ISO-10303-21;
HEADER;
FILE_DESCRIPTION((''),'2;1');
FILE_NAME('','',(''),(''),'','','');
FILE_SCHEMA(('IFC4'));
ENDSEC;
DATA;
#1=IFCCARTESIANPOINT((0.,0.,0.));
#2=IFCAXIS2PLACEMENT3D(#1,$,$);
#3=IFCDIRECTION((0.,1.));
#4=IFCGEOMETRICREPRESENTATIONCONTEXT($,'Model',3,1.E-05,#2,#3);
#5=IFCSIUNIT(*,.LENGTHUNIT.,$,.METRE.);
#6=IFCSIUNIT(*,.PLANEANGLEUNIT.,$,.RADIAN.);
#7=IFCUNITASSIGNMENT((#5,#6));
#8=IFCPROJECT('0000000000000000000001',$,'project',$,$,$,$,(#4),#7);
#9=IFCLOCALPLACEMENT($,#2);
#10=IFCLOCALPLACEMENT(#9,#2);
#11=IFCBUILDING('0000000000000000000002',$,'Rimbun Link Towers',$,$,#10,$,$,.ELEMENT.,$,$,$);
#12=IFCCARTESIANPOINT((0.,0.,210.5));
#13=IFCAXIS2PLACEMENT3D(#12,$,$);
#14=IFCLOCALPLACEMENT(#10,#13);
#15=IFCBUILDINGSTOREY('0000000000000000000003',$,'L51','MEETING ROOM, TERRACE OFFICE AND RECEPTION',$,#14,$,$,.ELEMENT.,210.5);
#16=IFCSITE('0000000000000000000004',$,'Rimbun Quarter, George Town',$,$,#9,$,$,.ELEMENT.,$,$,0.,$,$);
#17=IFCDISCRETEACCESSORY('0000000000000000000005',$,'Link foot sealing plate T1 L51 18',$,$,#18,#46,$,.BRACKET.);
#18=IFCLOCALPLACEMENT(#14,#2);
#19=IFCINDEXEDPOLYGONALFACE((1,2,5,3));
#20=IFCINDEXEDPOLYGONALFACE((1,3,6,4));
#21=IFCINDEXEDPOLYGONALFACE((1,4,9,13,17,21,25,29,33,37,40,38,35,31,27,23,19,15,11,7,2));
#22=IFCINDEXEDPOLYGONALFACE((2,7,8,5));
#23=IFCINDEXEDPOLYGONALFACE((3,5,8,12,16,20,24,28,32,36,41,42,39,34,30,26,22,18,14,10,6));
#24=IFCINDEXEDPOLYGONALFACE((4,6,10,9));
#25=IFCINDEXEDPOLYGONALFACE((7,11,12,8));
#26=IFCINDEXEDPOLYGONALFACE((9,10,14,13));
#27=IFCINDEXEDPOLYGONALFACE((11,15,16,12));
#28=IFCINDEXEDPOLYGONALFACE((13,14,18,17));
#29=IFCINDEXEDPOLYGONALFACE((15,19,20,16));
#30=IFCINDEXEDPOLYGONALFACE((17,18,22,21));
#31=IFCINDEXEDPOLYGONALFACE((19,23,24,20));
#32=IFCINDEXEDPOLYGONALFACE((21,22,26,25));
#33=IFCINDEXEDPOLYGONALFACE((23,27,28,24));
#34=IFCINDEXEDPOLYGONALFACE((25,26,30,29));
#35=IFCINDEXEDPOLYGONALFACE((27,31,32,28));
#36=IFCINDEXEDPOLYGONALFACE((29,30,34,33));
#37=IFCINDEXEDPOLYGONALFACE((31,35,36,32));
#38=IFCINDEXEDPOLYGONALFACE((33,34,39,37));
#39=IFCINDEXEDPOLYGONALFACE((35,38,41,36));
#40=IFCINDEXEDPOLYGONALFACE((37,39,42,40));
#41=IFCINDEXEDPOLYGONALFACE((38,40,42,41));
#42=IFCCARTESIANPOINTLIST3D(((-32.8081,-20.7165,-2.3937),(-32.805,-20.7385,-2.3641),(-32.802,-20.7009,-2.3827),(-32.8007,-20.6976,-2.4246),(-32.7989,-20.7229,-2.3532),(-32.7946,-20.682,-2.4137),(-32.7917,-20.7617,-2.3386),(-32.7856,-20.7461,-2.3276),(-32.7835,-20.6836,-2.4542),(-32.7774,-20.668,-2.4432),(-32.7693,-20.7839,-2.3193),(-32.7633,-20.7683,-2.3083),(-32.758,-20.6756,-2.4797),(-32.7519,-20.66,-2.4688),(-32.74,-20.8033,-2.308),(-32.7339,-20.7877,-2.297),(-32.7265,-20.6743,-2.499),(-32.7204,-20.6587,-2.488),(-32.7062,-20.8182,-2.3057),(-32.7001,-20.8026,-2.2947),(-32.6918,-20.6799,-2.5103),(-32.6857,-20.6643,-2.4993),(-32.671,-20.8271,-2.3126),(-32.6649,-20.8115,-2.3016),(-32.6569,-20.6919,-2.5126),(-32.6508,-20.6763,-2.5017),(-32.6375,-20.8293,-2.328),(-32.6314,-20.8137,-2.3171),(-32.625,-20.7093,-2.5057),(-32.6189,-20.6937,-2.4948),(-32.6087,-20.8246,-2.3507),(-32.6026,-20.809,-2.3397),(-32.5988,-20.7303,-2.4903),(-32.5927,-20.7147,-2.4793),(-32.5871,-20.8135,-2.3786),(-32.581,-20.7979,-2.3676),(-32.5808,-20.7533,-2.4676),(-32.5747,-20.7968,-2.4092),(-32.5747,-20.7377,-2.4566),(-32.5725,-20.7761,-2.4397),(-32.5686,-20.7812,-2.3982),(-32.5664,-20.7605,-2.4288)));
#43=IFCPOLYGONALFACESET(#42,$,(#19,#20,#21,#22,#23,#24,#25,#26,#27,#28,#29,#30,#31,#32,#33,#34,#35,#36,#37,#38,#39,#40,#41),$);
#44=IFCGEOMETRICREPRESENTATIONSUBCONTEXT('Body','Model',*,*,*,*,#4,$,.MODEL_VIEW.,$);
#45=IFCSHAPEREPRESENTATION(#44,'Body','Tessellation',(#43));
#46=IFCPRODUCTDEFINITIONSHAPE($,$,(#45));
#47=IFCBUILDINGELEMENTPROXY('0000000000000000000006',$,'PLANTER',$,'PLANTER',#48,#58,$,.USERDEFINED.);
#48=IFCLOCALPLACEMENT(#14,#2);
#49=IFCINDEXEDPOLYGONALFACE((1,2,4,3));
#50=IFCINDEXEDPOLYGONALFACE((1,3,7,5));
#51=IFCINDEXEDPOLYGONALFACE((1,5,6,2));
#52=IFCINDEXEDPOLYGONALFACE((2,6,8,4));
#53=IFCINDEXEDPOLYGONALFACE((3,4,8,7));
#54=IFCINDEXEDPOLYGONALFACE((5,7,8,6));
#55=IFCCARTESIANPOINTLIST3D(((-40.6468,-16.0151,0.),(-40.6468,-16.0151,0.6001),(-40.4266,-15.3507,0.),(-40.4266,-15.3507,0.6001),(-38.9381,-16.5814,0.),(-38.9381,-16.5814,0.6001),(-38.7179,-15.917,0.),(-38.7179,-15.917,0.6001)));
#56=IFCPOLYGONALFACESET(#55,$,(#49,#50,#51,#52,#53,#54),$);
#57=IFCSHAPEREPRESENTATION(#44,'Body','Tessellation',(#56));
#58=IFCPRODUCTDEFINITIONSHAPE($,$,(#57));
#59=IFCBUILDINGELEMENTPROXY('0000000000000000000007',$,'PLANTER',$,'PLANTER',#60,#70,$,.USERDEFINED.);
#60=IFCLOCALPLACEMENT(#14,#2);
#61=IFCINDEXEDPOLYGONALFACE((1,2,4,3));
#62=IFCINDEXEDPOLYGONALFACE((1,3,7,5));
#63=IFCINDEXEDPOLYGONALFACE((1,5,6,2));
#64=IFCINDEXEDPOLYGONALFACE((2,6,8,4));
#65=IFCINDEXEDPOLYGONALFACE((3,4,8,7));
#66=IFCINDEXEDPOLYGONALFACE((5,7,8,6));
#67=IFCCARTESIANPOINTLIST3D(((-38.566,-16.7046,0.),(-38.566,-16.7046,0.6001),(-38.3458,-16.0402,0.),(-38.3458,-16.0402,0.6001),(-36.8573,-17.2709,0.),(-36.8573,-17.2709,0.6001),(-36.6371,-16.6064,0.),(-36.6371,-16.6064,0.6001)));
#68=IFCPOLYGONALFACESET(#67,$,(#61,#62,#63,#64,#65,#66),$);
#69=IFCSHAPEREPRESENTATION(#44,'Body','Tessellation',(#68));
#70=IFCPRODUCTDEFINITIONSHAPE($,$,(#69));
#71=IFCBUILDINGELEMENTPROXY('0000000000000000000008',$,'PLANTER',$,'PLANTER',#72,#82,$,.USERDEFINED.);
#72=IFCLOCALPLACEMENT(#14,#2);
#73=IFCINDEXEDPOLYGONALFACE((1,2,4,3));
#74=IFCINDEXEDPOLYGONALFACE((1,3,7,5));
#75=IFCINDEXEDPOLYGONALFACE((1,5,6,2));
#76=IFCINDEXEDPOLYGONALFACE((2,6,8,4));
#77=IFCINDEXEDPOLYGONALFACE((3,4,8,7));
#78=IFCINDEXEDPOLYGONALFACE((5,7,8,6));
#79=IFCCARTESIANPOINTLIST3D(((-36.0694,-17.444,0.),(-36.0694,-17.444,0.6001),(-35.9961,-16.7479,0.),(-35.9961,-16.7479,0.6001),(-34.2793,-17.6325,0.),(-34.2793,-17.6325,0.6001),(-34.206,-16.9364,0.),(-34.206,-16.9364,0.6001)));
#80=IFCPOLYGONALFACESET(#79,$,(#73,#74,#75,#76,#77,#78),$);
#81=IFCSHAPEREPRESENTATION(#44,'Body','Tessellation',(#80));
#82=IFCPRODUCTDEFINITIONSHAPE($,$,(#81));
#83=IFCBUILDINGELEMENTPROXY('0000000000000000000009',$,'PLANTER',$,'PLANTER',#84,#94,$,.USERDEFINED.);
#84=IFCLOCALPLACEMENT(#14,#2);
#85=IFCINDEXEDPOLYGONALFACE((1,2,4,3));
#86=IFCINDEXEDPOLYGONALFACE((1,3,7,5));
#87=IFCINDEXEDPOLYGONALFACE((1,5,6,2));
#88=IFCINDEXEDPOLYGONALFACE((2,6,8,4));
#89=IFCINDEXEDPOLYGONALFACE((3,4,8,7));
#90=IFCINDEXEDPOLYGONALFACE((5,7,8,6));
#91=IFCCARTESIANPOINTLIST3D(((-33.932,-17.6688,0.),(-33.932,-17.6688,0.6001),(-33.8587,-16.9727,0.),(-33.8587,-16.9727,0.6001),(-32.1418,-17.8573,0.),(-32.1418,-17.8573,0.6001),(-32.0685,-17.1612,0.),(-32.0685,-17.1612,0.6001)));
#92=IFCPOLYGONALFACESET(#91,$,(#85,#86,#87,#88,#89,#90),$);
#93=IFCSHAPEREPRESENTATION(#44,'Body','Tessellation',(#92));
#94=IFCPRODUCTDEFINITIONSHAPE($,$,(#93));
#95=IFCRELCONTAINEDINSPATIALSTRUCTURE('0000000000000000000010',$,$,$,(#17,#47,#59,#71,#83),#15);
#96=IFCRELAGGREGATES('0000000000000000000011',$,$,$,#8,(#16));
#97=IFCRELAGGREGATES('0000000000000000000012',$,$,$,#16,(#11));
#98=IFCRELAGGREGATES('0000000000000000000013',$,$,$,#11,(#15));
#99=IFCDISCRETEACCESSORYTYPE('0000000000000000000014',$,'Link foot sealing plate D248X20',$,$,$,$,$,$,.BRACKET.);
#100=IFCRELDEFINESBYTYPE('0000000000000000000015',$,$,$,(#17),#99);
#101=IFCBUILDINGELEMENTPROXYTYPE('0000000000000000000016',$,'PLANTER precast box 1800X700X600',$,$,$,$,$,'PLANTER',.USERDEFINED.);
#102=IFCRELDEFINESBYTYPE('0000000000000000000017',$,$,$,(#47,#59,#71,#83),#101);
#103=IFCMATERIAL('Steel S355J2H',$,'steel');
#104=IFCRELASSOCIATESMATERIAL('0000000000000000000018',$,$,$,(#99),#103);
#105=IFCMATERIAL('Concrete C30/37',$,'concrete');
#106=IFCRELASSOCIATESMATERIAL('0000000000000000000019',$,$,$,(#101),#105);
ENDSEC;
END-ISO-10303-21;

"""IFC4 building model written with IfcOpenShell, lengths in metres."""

from ifc_helpers import new_model, si_unit, direction, frame, origin, origin_2d, place, context, subcontext, project, spatial, rectangle, circle, extrude, material, material_profile, profile_set, type_object, element, save


model = new_model("IFC4")

# Units and contexts
model_context = context("Model", 3, precision=1e-05, world=origin(), true_north=direction((0.0, 1.0)))
body_context = subcontext(model_context, "Body", "Model", "MODEL_VIEW")
ifc_project = project(units=[si_unit("LENGTHUNIT", "METRE"), si_unit("PLANEANGLEUNIT", "RADIAN")], contexts=[model_context])

# Site, building, storey
site_placement = place(None, origin())
site = spatial("IfcSite", under=ifc_project, at=site_placement, Name="Rimbun Quarter, George Town", CompositionType="ELEMENT", RefElevation=0.0)
building_placement = place(site_placement, origin())
building = spatial("IfcBuilding", under=site, at=building_placement, Name="Rimbun Link Towers", CompositionType="ELEMENT")
storey_placement = place(building_placement, frame((0.0, 0.0, 210.5)))
storey = spatial("IfcBuildingStorey", under=building, at=storey_placement, Name="L51", Description="MEETING ROOM, TERRACE OFFICE AND RECEPTION", CompositionType="ELEMENT", Elevation=210.5)

# Discrete accessory
ifc_material_1 = material(Name="Steel S355J2H", Category="steel")
ifc_material_profile_1 = material_profile(ifc_material_1, circle(Radius=0.124, at=origin_2d()), Name="PL D248")
ifc_profile_set_1 = profile_set([ifc_material_profile_1], Name="Steel S355J2H")
discrete_accessory_type = type_object("IfcDiscreteAccessoryType", Name="Link foot sealing plate D248X20", PredefinedType="BRACKET", material=ifc_profile_set_1)
for number, where, z_axis, x_axis, name in (
    (1, (-32.6841, -20.7361, -2.3982), (-0.304381, -0.779214, -0.547885), (0.931457, -0.363851, 0.0), "Link foot sealing plate T1 L51 18"),
):
    element("IfcDiscreteAccessory", number, at=place(storey_placement, frame(where, z_axis=z_axis, x_axis=x_axis)), inside=storey, type_object=discrete_accessory_type, Name=name, PredefinedType="BRACKET", context=body_context, shape_type="SweptSolid", body=[
        extrude(circle(Radius=0.124, at=origin_2d()), origin(), (0.0, 0.0, 1.0), 0.02),
    ])

# Building element proxies
ifc_material_2 = material(Name="Concrete C30/37", Category="concrete")
building_element_proxy_type = type_object("IfcBuildingElementProxyType", Name="PLANTER precast box 1800X700X600", ElementType="PLANTER", PredefinedType="USERDEFINED", material=ifc_material_2)
for number, where, z_axis, x_axis, name in (
    (2, (-39.6824, -15.9661, 0.0), (0.0, 0.0, 1.0), (0.949231, -0.314578, 0.0), "PLANTER"),
    (3, (-37.6016, -16.6555, 0.0), (0.0, 0.0, 1.0), (0.949231, -0.314578, 0.0), "PLANTER"),
    (4, (-35.1377, -17.1902, 0.0), (0.0, 0.0, 1.0), (0.994501, -0.104723, 0.0), "PLANTER"),
    (5, (-33.0002, -17.415, 0.0), (0.0, 0.0, 1.0), (0.994501, -0.104723, 0.0), "PLANTER"),
):
    element("IfcBuildingElementProxy", number, at=place(storey_placement, frame(where, z_axis=z_axis, x_axis=x_axis)), inside=storey, type_object=building_element_proxy_type, Name=name, ObjectType="PLANTER", PredefinedType="USERDEFINED", context=body_context, shape_type="SweptSolid", body=[
        extrude(rectangle(XDim=1.8, YDim=0.7, at=origin_2d()), origin(), (0.0, 0.0, 1.0), 0.6001),
    ])

save(model, "model.ifc")
